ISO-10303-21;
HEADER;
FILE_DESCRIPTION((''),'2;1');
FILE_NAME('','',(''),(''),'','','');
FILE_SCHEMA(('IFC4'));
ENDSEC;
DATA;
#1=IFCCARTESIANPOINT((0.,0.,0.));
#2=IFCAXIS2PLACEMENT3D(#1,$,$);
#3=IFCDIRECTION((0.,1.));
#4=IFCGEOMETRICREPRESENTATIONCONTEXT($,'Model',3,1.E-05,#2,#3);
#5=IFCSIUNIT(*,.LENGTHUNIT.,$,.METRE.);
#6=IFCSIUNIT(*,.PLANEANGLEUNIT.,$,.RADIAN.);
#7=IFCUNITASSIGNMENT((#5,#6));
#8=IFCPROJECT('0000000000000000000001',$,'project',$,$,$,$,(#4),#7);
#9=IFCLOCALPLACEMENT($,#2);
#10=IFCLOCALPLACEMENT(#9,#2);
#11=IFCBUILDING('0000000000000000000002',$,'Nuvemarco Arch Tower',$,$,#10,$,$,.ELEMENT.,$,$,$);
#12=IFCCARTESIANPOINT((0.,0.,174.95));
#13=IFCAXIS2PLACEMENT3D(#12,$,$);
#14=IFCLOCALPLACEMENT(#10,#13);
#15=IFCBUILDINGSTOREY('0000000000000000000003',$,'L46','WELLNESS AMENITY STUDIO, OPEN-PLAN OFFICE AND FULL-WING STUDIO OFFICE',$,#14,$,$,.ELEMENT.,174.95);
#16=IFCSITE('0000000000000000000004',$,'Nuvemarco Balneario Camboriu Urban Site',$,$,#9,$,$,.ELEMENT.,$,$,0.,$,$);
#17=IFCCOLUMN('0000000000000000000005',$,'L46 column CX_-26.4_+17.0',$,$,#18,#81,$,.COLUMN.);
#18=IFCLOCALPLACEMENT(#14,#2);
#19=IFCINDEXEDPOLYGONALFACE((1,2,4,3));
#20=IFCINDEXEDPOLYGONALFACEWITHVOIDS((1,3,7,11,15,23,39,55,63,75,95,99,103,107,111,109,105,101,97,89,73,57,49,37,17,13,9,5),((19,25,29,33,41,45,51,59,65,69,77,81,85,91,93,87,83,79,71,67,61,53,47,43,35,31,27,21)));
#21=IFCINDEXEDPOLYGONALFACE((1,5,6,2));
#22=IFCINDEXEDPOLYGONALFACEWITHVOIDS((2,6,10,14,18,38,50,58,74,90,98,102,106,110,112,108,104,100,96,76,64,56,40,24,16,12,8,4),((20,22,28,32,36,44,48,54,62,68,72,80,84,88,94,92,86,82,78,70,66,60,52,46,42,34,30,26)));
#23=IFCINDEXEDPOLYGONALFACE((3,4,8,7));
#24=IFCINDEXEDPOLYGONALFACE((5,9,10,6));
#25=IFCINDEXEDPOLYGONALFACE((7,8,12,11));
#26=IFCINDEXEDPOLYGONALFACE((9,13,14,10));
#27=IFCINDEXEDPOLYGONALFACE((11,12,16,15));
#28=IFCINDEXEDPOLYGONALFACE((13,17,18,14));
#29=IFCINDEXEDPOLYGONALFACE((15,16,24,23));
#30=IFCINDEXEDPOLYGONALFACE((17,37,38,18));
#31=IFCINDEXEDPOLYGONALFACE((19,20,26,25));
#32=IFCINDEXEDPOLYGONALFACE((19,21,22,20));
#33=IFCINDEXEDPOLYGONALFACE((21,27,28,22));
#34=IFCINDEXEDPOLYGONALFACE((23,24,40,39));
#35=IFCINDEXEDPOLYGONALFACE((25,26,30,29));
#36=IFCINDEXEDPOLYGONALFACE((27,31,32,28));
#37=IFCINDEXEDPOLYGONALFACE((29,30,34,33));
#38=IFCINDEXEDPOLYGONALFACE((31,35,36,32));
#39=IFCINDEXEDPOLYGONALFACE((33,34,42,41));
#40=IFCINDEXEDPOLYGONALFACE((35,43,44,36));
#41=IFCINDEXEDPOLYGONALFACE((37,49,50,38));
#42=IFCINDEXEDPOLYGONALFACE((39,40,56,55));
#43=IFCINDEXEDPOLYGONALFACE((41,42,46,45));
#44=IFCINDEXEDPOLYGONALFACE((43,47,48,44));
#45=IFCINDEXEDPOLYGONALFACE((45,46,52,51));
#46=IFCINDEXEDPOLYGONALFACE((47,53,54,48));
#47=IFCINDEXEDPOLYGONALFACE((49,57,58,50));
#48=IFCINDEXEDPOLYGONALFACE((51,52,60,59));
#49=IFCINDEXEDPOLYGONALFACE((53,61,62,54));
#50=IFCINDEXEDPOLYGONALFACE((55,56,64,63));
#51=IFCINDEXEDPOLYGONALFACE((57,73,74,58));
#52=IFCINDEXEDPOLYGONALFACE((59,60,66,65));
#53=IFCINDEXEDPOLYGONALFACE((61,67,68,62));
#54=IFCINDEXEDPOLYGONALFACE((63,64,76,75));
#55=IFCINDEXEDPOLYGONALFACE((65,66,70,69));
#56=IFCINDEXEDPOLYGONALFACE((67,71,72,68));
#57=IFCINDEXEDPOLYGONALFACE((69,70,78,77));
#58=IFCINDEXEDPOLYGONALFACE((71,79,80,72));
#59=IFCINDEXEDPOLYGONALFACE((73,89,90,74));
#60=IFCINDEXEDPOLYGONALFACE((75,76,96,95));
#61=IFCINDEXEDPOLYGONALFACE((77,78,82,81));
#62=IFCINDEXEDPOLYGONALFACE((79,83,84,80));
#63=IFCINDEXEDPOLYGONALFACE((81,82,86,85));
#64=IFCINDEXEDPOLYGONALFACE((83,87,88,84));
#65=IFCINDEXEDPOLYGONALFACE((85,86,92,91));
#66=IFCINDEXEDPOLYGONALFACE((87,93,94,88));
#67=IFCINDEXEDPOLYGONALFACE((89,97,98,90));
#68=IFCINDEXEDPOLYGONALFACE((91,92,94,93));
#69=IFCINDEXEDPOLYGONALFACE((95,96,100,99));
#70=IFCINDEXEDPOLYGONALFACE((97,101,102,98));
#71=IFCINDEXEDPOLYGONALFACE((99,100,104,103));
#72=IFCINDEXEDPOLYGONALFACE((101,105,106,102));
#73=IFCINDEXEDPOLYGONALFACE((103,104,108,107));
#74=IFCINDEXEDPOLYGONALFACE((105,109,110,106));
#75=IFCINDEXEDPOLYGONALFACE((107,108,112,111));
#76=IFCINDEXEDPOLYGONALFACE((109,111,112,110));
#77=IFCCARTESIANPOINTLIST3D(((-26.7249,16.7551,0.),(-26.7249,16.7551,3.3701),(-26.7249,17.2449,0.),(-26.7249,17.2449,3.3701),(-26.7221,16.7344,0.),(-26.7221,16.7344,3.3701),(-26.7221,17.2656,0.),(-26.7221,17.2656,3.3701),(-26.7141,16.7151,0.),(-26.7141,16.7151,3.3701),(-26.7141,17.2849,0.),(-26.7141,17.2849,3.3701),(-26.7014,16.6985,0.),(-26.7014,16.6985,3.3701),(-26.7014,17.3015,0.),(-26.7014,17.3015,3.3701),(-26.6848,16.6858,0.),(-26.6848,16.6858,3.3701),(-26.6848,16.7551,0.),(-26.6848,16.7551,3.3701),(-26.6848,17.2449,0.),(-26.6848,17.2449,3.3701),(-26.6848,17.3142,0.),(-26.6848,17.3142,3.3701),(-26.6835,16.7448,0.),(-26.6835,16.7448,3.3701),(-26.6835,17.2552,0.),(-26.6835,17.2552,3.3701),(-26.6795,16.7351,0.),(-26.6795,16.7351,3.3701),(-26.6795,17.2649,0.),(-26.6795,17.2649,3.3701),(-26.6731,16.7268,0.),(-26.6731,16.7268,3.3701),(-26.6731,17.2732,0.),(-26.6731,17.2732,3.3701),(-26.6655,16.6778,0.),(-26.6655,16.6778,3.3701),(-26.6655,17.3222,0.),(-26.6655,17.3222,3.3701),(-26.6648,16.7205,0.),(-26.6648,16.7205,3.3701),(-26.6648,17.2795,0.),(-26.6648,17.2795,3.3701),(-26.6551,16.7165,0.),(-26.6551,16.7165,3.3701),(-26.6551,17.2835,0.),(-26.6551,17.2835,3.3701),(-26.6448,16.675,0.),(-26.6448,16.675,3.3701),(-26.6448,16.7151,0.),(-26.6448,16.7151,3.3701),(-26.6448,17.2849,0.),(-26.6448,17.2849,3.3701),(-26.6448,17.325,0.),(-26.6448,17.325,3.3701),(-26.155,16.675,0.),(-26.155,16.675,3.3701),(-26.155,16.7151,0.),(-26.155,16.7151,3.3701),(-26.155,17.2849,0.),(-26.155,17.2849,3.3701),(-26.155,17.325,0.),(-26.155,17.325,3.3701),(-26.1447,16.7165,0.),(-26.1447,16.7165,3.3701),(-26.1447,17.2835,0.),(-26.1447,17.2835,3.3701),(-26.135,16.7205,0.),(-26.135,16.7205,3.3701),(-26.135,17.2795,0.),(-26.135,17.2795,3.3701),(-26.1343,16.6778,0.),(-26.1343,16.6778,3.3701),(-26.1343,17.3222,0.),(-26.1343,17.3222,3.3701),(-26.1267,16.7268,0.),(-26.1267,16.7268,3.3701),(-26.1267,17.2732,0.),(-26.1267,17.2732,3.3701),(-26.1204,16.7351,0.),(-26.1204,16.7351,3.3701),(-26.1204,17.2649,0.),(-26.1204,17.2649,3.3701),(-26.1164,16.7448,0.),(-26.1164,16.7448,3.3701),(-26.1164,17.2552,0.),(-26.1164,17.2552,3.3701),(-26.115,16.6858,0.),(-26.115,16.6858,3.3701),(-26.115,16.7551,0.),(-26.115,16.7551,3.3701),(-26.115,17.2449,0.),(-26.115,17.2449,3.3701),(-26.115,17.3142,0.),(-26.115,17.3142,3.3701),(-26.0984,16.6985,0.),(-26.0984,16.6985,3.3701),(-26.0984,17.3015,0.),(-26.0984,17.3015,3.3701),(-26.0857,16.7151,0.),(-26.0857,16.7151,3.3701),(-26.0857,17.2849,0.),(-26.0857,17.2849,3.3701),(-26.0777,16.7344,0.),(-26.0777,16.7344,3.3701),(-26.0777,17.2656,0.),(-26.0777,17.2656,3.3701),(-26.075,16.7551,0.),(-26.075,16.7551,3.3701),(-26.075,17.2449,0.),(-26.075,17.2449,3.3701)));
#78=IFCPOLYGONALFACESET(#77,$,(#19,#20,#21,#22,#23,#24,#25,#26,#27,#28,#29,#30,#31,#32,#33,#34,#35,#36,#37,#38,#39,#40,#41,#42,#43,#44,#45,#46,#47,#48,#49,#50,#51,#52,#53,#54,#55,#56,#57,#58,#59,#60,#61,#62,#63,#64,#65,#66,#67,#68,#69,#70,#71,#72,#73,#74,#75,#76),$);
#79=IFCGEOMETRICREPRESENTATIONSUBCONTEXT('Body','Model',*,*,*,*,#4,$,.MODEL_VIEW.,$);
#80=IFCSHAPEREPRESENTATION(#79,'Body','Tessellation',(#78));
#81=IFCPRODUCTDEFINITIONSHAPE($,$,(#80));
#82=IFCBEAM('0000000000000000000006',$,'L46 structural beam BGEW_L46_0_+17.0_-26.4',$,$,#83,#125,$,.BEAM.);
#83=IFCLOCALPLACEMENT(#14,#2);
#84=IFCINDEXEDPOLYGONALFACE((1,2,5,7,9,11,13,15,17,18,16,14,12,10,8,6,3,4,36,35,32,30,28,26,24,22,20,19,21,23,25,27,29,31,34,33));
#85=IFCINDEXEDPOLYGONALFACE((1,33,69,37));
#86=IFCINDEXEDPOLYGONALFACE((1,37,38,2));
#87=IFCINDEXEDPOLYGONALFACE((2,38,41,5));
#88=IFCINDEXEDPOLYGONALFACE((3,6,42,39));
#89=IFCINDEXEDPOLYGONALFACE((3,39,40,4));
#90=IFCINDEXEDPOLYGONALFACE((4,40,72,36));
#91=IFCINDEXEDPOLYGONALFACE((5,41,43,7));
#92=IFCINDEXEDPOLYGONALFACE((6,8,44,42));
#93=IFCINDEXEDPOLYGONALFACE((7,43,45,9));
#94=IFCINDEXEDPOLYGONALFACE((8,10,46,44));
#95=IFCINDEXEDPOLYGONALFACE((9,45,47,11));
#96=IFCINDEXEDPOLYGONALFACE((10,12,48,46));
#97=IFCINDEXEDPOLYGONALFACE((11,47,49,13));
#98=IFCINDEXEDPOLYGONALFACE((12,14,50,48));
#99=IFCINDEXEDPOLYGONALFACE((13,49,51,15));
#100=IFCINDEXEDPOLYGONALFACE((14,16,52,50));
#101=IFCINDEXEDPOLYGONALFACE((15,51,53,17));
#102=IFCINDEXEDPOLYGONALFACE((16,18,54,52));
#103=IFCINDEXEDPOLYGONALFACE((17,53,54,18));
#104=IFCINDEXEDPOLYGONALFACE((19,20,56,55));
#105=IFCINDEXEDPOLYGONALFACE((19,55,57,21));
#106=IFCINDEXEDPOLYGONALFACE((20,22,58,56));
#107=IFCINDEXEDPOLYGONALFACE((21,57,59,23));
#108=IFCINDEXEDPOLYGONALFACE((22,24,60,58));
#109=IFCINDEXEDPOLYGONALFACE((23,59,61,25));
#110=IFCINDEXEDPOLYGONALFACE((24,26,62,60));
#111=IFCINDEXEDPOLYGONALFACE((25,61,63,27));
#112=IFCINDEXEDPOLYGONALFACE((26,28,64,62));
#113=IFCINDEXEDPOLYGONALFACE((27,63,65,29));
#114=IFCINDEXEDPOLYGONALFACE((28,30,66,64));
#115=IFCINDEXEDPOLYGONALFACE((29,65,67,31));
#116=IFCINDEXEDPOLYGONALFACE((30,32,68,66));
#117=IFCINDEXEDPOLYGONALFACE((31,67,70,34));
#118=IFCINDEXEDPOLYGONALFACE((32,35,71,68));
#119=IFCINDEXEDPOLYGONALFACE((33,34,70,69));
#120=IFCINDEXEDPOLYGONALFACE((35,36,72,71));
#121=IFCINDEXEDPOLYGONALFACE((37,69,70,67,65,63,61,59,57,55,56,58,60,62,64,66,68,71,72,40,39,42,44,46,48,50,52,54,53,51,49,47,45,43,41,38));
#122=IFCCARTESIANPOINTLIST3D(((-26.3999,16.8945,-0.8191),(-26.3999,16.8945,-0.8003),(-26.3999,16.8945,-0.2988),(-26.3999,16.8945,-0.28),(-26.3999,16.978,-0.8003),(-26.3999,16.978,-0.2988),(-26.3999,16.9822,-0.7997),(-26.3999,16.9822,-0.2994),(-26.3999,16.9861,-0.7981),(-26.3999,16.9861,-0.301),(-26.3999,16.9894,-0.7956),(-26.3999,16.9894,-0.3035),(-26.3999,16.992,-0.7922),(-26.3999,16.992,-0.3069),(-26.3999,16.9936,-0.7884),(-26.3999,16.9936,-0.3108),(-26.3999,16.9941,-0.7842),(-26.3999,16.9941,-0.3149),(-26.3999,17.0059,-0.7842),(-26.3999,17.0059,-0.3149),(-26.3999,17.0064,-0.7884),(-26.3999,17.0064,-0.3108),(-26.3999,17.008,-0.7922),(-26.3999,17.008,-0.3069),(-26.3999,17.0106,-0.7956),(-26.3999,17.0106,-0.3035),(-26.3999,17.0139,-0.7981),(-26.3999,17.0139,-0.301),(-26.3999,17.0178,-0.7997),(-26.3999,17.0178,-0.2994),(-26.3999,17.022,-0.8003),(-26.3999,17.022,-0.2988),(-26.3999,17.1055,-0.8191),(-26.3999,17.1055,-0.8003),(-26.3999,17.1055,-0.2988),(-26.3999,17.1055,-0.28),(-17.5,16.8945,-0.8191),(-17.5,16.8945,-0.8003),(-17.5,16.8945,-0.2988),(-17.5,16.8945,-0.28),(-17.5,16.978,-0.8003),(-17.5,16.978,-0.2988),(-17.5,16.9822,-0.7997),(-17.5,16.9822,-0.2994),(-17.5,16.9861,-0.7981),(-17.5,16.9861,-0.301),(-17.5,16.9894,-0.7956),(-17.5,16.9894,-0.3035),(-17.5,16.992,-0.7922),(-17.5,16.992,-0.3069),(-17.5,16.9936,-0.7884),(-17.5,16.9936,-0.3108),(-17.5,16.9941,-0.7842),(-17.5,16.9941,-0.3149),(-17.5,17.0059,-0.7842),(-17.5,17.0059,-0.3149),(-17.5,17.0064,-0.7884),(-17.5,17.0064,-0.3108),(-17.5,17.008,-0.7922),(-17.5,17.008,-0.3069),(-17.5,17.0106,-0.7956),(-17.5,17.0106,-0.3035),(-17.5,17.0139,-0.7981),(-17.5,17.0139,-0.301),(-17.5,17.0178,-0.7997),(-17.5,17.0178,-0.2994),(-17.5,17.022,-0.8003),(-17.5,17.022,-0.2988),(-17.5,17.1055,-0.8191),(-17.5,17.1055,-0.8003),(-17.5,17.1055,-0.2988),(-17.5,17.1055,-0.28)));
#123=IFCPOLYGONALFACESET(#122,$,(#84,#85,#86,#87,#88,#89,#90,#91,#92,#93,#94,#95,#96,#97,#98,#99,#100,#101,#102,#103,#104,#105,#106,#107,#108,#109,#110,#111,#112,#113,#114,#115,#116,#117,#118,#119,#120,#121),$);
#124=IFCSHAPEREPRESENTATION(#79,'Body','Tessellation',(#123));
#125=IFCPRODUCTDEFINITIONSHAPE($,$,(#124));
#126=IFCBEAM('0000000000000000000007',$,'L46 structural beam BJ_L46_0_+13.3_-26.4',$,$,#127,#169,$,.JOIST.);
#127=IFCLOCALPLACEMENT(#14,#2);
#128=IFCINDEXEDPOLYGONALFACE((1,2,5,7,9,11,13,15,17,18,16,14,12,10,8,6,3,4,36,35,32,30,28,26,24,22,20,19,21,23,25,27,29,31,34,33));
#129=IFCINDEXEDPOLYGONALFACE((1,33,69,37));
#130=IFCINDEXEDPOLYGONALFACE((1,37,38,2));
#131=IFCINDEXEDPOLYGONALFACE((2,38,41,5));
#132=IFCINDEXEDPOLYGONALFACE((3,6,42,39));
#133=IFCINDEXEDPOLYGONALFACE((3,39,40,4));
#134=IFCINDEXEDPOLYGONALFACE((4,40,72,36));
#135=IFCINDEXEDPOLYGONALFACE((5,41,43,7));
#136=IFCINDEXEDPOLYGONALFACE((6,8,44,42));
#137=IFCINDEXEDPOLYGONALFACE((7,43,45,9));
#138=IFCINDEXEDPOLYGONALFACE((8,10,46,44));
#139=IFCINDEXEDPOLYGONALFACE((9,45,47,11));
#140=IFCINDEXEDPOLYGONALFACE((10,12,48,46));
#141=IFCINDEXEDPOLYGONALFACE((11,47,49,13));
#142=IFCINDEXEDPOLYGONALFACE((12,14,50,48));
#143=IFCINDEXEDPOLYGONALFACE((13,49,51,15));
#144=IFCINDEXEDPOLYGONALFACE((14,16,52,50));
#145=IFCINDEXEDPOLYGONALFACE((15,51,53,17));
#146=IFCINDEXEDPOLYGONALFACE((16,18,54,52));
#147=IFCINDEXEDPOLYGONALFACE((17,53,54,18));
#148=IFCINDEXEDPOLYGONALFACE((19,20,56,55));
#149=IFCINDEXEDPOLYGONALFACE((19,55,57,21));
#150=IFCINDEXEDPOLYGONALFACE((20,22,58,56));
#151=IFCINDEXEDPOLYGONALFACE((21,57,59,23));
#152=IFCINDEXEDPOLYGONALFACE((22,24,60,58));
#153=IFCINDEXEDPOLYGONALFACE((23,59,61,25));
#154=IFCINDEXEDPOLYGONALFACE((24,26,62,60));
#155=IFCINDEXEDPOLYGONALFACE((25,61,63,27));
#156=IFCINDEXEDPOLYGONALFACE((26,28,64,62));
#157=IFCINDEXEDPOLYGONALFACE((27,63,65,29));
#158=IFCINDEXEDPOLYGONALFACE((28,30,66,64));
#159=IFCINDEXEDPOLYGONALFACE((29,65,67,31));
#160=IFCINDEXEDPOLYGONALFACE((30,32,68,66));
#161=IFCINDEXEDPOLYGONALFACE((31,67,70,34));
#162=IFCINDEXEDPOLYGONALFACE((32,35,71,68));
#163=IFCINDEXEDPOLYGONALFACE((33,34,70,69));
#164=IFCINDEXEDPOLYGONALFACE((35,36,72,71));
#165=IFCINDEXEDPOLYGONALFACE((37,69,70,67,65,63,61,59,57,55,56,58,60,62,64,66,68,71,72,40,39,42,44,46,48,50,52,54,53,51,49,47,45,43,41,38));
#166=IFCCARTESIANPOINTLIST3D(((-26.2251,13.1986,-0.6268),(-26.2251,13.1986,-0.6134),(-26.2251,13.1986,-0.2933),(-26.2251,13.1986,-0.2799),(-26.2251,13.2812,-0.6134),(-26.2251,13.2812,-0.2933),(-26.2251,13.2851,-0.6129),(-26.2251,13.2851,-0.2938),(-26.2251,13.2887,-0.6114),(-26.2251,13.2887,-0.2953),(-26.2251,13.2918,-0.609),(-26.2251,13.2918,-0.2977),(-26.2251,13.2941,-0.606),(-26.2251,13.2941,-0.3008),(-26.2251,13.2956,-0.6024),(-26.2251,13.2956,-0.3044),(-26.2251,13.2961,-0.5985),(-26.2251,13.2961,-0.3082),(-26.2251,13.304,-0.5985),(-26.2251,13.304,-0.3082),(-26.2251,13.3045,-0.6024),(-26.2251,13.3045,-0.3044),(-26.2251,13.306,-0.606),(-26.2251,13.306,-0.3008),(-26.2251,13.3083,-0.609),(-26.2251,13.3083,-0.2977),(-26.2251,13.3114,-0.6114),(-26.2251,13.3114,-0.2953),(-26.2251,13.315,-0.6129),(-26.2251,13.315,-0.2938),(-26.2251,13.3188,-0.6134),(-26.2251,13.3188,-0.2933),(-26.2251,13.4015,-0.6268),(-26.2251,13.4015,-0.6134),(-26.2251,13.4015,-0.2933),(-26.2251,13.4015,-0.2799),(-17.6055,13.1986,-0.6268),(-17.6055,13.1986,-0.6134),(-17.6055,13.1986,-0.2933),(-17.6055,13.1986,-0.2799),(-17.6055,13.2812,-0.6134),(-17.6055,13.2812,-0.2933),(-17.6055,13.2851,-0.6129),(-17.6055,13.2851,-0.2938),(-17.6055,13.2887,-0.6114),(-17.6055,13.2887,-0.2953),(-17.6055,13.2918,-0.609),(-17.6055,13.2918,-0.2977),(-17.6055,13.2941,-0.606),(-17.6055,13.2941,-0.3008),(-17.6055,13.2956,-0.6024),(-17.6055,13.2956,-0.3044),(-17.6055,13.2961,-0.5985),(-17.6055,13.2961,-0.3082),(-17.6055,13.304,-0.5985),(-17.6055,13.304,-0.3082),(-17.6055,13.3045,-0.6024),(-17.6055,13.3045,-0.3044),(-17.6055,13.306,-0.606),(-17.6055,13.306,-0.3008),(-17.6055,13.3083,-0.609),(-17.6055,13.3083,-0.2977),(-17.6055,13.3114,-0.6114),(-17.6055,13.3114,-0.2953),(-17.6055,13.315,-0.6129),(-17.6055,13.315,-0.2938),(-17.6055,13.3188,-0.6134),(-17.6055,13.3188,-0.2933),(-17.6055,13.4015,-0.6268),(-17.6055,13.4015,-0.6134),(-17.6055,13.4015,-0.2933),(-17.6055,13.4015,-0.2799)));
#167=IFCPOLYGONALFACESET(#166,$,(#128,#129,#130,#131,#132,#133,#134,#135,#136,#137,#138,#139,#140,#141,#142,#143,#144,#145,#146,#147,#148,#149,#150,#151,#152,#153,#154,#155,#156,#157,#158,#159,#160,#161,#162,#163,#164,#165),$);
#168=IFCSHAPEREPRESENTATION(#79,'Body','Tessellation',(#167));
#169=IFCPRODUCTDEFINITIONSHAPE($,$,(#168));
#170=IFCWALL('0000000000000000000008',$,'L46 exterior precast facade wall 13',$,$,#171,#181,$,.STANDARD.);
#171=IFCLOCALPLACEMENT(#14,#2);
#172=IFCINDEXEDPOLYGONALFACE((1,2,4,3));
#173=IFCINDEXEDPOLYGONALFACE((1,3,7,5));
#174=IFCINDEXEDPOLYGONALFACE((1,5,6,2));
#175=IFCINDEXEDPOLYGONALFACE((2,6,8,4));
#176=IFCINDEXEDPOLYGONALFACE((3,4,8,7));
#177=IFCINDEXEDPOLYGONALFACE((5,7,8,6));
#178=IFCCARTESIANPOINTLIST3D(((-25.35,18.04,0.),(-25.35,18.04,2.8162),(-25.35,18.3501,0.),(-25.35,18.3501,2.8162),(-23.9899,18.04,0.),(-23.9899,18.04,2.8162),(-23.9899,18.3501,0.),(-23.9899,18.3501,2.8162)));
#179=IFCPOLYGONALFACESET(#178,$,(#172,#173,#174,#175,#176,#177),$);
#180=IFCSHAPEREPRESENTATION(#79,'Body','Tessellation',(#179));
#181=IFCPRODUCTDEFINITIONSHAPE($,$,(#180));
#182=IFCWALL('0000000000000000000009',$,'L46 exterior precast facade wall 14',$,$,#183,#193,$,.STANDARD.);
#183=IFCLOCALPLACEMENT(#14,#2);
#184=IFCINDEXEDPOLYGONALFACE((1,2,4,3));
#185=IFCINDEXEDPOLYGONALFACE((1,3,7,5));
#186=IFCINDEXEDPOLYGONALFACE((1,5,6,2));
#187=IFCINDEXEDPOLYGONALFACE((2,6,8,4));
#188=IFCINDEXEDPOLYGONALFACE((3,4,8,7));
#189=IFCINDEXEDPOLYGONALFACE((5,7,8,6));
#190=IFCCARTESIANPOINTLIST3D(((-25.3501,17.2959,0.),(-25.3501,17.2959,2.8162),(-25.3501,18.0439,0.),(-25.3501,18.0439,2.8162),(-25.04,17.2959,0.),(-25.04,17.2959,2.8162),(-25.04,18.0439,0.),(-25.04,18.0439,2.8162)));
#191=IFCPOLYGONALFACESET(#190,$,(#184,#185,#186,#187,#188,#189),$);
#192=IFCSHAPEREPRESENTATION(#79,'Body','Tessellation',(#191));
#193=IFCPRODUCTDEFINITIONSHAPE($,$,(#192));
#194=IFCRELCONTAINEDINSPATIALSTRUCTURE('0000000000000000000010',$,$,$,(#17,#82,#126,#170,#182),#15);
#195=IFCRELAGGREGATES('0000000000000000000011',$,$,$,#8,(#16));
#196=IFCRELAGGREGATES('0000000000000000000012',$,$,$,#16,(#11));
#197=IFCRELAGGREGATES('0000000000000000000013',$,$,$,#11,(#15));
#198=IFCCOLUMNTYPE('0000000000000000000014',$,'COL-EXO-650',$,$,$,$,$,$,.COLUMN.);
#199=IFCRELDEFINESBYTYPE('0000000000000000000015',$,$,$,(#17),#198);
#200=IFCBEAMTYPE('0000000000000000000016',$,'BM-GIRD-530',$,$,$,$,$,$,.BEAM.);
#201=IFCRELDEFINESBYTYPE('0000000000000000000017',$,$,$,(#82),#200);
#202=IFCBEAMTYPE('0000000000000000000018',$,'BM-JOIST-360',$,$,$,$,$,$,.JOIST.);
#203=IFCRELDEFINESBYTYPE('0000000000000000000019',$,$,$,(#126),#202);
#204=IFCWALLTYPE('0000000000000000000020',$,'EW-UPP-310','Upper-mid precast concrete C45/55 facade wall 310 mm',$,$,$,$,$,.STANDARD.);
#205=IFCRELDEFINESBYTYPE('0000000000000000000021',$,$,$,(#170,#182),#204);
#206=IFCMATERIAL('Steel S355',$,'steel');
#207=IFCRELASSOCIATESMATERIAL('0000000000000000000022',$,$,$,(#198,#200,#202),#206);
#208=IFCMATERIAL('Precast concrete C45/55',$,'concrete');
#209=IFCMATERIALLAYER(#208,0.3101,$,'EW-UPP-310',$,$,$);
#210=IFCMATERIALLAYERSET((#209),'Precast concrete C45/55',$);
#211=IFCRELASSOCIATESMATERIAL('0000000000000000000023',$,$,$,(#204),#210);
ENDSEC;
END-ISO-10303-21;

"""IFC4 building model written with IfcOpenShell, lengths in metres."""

from ifc_helpers import new_model, si_unit, direction, frame, frame_2d, origin, origin_2d, place, context, subcontext, project, spatial, rectangle, hollow_rectangle, i_section, extrude, material, layer, layer_set, material_profile, profile_set, type_object, element, save


model = new_model("IFC4")

# Units and contexts
model_context = context("Model", 3, precision=1e-05, world=origin(), true_north=direction((0.0, 1.0)))
body_context = subcontext(model_context, "Body", "Model", "MODEL_VIEW")
ifc_project = project(units=[si_unit("LENGTHUNIT", "METRE"), si_unit("PLANEANGLEUNIT", "RADIAN")], contexts=[model_context])

# Site, building, storey
site_placement = place(None, origin())
site = spatial("IfcSite", under=ifc_project, at=site_placement, Name="Nuvemarco Balneario Camboriu Urban Site", CompositionType="ELEMENT", RefElevation=0.0)
building_placement = place(site_placement, origin())
building = spatial("IfcBuilding", under=site, at=building_placement, Name="Nuvemarco Arch Tower", CompositionType="ELEMENT")
storey_placement = place(building_placement, frame((0.0, 0.0, 174.95)))
storey = spatial("IfcBuildingStorey", under=building, at=storey_placement, Name="L46", Description="WELLNESS AMENITY STUDIO, OPEN-PLAN OFFICE AND FULL-WING STUDIO OFFICE", CompositionType="ELEMENT", Elevation=174.95)

# Column
ifc_material_1 = material(Name="Steel S355", Category="steel")
ifc_material_profile_1 = material_profile(ifc_material_1, hollow_rectangle(XDim=0.6499, YDim=0.6499, WallThickness=0.04, InnerFilletRadius=0.04, OuterFilletRadius=0.0801, at=origin_2d()), Name="SHS650x650x40")
ifc_profile_set_1 = profile_set([ifc_material_profile_1], Name="Steel S355")
column_type = type_object("IfcColumnType", Name="COL-EXO-650", PredefinedType="COLUMN", material=ifc_profile_set_1)
column_placement = place(storey_placement, frame((-26.3999, 17.0, 0.0), z_axis=(0.0, 0.0, 1.0), x_axis=(1.0, 0.0, 0.0)))
element("IfcColumn", 1, at=column_placement, inside=storey, type_object=column_type, Name="L46 column CX_-26.4_+17.0", PredefinedType="COLUMN", context=body_context, shape_type="SweptSolid", body=[
    extrude(hollow_rectangle(XDim=0.6499, YDim=0.6499, WallThickness=0.04, InnerFilletRadius=0.04, OuterFilletRadius=0.0801, at=origin_2d()), origin(), (0.0, 0.0, 1.0), 3.3701),
])

# Beams
ifc_material_profile_2 = material_profile(ifc_material_1, i_section(OverallWidth=0.2109, OverallDepth=0.5391, WebThickness=0.0117, FlangeThickness=0.0188, FilletRadius=0.0161, at=origin_2d()), Name="W530x109")
ifc_profile_set_2 = profile_set([ifc_material_profile_2], Name="Steel S355")
beam_type_1 = type_object("IfcBeamType", Name="BM-GIRD-530", PredefinedType="BEAM", material=ifc_profile_set_2)
beam_1_placement = place(storey_placement, frame((-26.3999, 17.0, -0.5496), z_axis=(1.0, 0.0, 0.0), x_axis=(0.0, 1.0, 0.0)))
element("IfcBeam", 2, at=beam_1_placement, inside=storey, type_object=beam_type_1, Name="L46 structural beam BGEW_L46_0_+17.0_-26.4", PredefinedType="BEAM", context=body_context, shape_type="SweptSolid", body=[
    extrude(i_section(OverallWidth=0.2109, OverallDepth=0.5391, WebThickness=0.0117, FlangeThickness=0.0188, FilletRadius=0.0161, at=origin_2d()), origin(), (0.0, 0.0, 1.0), 8.8999),
])
ifc_material_profile_3 = material_profile(ifc_material_1, i_section(OverallWidth=0.2029, OverallDepth=0.3469, WebThickness=0.0078, FlangeThickness=0.0134, FilletRadius=0.0149, at=origin_2d()), Name="W360x64")
ifc_profile_set_3 = profile_set([ifc_material_profile_3], Name="Steel S355")
beam_type_2 = type_object("IfcBeamType", Name="BM-JOIST-360", PredefinedType="JOIST", material=ifc_profile_set_3)
beam_2_placement = place(storey_placement, frame((-26.2251, 13.3, -0.4534), z_axis=(1.0, 0.0, 0.0), x_axis=(0.0, 1.0, 0.0)))
element("IfcBeam", 3, at=beam_2_placement, inside=storey, type_object=beam_type_2, Name="L46 structural beam BJ_L46_0_+13.3_-26.4", PredefinedType="JOIST", context=body_context, shape_type="SweptSolid", body=[
    extrude(i_section(OverallWidth=0.2029, OverallDepth=0.3469, WebThickness=0.0078, FlangeThickness=0.0134, FilletRadius=0.0149, at=origin_2d()), origin(), (0.0, 0.0, 1.0), 8.6196),
])

# Shared definitions
ifc_material_2 = material(Name="Precast concrete C45/55", Category="concrete")
ifc_layer_1 = layer(ifc_material_2, 0.3101, Name="EW-UPP-310")
ifc_layer_set_1 = layer_set([ifc_layer_1], Name="Precast concrete C45/55")
wall_type_1 = type_object("IfcWallType", Name="EW-UPP-310", Description="Upper-mid precast concrete C45/55 facade wall 310 mm", PredefinedType="STANDARD", material=ifc_layer_set_1)

# Walls
wall_1_placement = place(storey_placement, frame((-25.3501, 18.1951, 0.0), z_axis=(0.0, 0.0, 1.0), x_axis=(1.0, 0.0, 0.0)))
element("IfcWall", 4, at=wall_1_placement, inside=storey, type_object=wall_type_1, Name="L46 exterior precast facade wall 13", PredefinedType="STANDARD", context=body_context, shape_type="SweptSolid", body=[
    extrude(rectangle(XDim=1.3601, YDim=0.3101, at=frame_2d((0.6802, 0.0))), origin(), (0.0, 0.0, 1.0), 2.8162),
])
wall_2_placement = place(storey_placement, frame((-25.1951, 17.2959, 0.0), z_axis=(0.0, 0.0, 1.0), x_axis=(0.0, 1.0, 0.0)))
element("IfcWall", 5, at=wall_2_placement, inside=storey, type_object=wall_type_1, Name="L46 exterior precast facade wall 14", PredefinedType="STANDARD", context=body_context, shape_type="SweptSolid", body=[
    extrude(rectangle(XDim=0.748, YDim=0.3101, at=frame_2d((0.374, 0.0))), origin(), (0.0, 0.0, 1.0), 2.8162),
])

save(model, "model.ifc")
